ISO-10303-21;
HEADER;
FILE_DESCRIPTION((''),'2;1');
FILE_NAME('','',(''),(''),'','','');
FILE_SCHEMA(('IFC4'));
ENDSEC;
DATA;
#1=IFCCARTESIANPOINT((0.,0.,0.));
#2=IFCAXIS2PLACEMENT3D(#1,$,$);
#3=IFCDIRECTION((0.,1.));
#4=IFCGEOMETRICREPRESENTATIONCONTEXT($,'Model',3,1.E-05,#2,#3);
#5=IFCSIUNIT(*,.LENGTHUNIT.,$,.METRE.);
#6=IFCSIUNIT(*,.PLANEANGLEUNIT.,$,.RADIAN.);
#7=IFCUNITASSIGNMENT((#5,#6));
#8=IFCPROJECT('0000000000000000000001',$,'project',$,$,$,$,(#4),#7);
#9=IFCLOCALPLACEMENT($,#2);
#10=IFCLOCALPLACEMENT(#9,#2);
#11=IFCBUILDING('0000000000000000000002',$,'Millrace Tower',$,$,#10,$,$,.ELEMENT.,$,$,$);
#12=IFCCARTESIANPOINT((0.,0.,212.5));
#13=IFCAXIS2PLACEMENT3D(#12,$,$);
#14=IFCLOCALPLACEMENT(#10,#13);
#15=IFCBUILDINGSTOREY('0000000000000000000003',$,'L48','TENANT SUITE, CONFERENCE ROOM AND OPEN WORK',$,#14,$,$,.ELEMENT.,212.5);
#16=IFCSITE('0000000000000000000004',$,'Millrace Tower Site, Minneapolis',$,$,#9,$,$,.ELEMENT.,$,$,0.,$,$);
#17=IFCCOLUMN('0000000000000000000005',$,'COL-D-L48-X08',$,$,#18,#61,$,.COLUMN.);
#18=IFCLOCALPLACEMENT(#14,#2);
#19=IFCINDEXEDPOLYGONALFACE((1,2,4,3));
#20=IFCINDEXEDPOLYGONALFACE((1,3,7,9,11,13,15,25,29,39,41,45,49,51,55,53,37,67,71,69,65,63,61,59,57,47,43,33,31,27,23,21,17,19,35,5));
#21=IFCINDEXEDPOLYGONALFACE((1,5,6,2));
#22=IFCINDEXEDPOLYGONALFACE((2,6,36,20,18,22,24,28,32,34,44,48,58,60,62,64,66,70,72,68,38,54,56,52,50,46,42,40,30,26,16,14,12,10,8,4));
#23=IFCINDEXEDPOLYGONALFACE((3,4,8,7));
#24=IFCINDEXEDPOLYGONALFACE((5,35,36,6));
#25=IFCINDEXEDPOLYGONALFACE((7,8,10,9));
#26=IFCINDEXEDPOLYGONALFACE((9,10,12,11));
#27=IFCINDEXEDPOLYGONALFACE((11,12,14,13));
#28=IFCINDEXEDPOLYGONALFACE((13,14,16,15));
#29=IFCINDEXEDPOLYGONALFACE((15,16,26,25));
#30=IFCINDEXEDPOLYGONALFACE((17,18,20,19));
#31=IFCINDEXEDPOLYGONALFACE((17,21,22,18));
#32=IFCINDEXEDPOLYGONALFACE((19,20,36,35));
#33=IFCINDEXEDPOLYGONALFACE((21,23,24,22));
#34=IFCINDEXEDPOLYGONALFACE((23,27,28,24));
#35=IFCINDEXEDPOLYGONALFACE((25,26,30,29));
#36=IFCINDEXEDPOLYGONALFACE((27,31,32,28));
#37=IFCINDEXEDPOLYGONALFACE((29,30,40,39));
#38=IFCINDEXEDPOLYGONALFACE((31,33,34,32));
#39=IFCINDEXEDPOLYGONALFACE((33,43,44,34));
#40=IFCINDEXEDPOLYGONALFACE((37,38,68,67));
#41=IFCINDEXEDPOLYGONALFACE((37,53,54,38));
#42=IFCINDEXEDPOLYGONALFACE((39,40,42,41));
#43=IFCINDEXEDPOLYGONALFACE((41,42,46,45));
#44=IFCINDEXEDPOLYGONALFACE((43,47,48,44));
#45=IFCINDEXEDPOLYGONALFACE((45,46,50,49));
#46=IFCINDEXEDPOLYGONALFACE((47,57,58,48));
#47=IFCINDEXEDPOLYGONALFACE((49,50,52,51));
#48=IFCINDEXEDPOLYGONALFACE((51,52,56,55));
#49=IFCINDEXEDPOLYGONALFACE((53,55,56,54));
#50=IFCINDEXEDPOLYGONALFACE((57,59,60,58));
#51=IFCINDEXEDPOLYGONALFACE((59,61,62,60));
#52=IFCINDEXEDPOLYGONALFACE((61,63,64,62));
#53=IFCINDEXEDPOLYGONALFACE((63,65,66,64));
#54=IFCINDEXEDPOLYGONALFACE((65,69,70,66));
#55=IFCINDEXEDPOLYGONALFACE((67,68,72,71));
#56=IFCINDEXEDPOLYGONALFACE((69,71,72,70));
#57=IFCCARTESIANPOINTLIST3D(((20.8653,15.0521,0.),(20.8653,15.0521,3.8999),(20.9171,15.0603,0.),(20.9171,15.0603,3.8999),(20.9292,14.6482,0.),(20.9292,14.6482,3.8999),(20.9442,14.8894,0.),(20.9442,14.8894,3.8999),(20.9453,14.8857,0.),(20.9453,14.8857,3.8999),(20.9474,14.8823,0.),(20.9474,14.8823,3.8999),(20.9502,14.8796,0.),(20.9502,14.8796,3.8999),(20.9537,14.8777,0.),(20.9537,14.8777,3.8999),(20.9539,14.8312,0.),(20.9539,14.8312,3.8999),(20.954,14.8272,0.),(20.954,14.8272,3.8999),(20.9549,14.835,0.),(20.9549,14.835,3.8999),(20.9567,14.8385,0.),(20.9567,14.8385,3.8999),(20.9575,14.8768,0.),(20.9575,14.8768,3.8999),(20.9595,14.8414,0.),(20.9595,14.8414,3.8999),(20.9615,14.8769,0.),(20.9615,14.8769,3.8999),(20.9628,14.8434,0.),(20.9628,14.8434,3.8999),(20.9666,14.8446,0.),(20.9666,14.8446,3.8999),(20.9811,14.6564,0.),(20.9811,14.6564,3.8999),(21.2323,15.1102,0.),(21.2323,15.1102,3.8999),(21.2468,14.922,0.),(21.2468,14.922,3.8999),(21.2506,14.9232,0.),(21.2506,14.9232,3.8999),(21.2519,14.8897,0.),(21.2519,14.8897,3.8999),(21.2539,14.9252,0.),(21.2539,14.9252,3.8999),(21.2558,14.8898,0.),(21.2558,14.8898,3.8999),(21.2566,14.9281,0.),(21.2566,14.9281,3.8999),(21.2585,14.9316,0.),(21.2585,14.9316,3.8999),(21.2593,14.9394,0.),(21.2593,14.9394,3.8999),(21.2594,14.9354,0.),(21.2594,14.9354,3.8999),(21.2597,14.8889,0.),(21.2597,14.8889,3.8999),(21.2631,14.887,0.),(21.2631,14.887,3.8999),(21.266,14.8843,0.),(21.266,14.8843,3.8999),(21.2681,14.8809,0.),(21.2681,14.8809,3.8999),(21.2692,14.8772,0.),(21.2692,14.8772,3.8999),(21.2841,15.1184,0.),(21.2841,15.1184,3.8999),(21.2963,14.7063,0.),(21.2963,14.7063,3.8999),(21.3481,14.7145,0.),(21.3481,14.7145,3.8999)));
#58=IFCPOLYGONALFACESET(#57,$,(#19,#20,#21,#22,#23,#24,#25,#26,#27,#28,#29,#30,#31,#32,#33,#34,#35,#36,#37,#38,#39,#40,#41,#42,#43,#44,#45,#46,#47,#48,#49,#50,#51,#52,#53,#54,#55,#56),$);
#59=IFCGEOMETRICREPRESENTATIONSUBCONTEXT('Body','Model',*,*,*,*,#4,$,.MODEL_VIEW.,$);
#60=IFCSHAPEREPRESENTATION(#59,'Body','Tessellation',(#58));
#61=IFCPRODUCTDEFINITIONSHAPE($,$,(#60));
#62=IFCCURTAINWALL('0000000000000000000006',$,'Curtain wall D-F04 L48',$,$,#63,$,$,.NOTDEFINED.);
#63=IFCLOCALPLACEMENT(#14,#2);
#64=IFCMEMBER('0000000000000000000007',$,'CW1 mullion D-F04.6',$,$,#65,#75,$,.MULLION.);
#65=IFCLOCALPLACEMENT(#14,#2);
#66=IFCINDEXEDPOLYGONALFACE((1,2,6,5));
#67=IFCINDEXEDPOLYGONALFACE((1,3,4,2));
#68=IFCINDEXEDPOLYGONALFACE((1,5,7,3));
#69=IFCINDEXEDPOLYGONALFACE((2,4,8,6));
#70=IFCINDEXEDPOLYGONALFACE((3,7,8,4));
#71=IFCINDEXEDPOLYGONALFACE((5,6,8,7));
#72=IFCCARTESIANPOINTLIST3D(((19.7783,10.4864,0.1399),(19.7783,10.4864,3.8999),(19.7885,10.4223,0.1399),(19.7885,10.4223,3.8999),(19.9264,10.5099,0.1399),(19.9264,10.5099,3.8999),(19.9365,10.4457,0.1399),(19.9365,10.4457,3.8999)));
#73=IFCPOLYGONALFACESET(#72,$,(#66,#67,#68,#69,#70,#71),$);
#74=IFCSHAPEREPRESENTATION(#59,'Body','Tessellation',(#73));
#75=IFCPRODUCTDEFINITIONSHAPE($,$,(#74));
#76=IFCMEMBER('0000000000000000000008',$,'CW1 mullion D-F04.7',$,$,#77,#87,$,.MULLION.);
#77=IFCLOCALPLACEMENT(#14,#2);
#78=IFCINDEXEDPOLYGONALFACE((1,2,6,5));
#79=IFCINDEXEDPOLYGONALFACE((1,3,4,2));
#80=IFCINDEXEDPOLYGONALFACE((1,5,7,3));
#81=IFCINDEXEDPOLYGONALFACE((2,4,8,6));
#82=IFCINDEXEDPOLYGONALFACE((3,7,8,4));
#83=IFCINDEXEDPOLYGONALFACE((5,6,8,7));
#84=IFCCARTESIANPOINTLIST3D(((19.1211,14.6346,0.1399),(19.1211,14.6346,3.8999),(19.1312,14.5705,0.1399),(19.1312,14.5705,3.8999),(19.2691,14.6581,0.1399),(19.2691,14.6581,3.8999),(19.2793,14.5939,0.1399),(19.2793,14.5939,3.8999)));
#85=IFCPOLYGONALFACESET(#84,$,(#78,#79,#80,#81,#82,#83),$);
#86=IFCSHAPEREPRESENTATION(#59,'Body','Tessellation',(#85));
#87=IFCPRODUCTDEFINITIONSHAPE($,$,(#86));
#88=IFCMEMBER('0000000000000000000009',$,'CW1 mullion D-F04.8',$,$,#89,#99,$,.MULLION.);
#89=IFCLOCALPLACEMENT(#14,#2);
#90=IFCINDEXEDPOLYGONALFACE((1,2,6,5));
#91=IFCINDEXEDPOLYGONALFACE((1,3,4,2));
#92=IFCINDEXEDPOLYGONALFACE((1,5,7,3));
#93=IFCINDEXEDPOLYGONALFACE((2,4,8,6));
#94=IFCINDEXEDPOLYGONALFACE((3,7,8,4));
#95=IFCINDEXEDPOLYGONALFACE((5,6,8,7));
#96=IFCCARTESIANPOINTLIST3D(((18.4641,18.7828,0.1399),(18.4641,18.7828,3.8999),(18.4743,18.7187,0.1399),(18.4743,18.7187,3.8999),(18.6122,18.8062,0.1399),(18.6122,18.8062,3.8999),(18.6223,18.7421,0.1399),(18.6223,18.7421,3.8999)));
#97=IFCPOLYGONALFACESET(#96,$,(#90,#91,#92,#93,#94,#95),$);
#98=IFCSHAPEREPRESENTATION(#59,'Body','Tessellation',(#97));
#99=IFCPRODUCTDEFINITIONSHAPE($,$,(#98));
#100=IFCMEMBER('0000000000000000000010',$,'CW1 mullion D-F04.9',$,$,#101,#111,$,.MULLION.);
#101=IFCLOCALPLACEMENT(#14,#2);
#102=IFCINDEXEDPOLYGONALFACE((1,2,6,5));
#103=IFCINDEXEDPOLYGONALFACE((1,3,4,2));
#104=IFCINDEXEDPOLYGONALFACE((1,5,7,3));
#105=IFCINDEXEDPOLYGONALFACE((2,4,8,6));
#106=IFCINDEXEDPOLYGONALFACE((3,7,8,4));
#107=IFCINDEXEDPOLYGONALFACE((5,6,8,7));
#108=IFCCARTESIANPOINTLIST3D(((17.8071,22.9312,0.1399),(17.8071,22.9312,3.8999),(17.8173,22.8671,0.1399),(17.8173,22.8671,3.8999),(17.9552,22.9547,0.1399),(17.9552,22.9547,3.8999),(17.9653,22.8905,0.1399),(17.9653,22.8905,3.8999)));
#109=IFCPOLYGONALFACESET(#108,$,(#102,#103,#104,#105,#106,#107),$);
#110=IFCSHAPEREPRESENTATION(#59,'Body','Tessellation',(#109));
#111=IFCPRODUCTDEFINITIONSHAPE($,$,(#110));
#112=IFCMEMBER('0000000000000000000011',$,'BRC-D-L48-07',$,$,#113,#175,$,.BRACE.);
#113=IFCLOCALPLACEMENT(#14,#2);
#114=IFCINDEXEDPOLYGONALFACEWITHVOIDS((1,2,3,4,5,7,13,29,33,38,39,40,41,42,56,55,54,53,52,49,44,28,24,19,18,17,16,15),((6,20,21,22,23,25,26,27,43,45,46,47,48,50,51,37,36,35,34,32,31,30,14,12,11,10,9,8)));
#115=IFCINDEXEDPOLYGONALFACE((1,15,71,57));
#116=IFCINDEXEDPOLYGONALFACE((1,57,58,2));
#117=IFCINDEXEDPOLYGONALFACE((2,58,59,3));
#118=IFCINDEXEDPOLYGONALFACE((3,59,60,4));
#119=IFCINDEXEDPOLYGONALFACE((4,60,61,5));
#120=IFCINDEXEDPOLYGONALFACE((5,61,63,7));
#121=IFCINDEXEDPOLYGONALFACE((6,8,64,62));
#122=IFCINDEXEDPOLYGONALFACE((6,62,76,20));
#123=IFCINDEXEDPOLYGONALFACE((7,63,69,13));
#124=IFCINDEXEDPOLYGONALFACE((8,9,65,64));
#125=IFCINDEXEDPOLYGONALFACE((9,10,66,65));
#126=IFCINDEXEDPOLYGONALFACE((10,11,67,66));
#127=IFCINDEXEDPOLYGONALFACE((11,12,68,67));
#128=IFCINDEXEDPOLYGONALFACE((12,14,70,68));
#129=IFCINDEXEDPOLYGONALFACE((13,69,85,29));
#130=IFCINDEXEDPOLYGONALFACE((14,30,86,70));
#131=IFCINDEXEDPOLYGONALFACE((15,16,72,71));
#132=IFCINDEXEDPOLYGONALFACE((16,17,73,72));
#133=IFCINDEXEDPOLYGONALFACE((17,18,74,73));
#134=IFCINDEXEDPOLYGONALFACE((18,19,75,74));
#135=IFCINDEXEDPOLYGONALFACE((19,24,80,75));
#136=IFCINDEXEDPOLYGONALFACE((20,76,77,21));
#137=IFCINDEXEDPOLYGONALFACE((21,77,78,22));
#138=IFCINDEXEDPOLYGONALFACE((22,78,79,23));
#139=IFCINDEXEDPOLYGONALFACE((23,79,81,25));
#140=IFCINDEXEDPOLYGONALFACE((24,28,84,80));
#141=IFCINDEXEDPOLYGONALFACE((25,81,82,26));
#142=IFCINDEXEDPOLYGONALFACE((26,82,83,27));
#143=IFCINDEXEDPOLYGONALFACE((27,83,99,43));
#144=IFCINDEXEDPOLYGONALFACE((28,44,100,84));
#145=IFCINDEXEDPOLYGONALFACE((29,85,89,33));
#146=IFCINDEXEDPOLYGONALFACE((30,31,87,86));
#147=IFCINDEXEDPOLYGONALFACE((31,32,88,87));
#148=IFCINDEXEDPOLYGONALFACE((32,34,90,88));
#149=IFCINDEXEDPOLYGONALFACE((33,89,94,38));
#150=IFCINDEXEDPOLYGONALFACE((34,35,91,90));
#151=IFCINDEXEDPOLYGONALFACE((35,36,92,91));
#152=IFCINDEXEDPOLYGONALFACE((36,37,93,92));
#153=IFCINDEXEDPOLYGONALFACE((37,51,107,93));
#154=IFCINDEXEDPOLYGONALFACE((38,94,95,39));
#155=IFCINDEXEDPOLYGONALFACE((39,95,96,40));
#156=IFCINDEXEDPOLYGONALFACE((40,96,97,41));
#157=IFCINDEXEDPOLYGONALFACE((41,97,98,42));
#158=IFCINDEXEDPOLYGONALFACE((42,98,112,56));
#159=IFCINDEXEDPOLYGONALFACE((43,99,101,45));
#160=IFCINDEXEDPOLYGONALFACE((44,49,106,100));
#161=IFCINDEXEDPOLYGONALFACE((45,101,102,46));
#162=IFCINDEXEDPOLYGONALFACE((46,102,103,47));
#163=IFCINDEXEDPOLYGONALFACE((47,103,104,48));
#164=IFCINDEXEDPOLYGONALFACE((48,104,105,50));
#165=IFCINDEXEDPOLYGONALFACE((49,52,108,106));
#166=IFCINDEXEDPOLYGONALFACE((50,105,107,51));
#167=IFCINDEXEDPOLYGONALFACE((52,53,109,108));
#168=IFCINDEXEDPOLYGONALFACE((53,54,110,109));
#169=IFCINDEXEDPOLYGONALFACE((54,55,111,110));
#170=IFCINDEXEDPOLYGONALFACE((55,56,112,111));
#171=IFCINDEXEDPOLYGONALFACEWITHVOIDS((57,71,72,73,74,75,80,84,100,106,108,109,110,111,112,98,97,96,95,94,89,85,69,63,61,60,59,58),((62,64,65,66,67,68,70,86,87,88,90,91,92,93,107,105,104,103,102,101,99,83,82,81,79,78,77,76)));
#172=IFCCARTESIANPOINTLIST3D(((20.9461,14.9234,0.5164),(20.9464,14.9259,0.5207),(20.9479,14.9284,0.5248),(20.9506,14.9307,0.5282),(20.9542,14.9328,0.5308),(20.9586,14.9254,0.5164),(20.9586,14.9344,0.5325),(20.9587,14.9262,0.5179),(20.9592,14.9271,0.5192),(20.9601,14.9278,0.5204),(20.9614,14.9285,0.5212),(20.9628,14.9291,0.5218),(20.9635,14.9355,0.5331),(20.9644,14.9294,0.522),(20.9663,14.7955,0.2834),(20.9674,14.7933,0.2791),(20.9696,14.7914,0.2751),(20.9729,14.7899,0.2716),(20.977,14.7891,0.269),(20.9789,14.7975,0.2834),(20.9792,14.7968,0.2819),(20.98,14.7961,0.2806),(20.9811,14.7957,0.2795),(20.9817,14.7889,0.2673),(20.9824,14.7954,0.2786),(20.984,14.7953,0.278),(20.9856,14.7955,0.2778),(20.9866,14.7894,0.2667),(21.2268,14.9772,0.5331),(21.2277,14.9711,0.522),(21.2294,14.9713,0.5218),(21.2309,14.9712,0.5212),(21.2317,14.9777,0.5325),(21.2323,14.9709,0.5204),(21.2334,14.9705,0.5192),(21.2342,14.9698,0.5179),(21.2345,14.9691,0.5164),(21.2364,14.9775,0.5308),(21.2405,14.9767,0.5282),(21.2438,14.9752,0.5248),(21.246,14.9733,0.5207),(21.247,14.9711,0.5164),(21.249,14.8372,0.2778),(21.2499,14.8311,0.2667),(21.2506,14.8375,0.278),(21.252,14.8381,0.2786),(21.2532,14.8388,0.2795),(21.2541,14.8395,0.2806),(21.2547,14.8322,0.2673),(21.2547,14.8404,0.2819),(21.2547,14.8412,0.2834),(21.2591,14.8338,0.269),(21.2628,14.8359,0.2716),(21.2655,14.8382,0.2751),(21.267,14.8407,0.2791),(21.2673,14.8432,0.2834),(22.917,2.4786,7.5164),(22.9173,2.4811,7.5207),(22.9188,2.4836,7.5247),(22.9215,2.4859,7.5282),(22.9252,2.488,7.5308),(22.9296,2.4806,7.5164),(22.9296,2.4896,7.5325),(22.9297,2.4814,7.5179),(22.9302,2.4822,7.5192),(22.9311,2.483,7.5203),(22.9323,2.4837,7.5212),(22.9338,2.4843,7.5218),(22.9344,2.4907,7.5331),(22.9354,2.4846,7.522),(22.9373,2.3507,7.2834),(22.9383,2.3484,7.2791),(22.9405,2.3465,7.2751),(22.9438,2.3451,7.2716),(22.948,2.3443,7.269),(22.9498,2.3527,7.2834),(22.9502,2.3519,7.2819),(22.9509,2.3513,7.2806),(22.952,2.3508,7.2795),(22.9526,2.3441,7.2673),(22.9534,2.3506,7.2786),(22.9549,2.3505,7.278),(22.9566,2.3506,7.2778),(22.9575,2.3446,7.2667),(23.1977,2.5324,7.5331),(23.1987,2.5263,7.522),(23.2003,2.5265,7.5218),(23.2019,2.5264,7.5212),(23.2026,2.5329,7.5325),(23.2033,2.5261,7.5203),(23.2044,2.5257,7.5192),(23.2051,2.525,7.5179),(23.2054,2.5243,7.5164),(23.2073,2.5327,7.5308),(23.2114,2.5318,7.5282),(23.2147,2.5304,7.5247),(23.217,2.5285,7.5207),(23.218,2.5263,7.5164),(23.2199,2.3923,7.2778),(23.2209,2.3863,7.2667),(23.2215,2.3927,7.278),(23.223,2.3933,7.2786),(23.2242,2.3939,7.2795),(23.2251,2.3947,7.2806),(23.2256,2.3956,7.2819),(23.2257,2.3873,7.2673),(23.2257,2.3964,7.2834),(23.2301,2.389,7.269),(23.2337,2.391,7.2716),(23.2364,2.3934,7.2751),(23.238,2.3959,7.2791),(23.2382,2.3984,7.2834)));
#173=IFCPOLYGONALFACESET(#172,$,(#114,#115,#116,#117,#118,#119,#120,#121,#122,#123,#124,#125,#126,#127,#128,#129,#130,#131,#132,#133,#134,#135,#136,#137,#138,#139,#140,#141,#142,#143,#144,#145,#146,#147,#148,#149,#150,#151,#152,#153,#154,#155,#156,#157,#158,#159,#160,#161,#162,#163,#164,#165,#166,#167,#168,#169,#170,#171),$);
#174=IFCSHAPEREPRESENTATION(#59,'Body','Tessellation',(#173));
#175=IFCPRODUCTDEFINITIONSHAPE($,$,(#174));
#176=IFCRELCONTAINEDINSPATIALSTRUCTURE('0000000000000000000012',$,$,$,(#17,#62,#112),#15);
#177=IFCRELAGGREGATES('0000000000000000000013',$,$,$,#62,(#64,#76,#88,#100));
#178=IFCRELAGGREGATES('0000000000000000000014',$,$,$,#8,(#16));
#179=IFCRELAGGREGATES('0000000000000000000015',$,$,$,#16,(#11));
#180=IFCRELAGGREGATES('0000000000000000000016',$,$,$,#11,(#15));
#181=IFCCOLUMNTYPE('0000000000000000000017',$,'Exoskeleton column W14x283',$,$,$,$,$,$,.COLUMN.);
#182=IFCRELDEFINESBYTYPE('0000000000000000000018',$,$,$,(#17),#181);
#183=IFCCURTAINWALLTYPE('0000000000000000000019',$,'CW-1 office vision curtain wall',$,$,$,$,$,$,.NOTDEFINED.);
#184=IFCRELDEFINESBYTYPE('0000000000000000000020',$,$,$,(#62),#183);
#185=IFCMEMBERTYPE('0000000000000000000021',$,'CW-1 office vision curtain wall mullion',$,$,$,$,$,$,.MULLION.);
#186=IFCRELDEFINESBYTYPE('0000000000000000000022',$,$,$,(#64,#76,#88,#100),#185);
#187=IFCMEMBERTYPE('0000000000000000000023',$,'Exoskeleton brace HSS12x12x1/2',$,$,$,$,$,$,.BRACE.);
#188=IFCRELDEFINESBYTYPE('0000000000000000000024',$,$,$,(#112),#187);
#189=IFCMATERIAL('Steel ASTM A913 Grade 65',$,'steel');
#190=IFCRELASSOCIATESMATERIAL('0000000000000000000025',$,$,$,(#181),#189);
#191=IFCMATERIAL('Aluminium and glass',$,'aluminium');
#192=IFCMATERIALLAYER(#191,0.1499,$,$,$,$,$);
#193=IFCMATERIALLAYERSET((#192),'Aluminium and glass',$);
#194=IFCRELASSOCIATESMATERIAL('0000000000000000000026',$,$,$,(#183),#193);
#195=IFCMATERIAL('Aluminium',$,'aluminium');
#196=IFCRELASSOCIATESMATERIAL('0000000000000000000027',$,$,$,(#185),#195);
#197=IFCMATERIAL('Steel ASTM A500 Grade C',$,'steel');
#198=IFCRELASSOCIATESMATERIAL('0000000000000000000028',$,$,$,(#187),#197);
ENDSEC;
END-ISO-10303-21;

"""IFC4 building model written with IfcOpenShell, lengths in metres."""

from ifc_helpers import new_model, si_unit, direction, frame, origin, origin_2d, place, context, subcontext, project, spatial, rectangle, hollow_rectangle, i_section, extrude, material, layer, layer_set, material_profile, profile_set, type_object, element, aggregate, save


model = new_model("IFC4")

# Units and contexts
model_context = context("Model", 3, precision=1e-05, world=origin(), true_north=direction((0.0, 1.0)))
body_context = subcontext(model_context, "Body", "Model", "MODEL_VIEW")
ifc_project = project(units=[si_unit("LENGTHUNIT", "METRE"), si_unit("PLANEANGLEUNIT", "RADIAN")], contexts=[model_context])

# Site, building, storey
site_placement = place(None, origin())
site = spatial("IfcSite", under=ifc_project, at=site_placement, Name="Millrace Tower Site, Minneapolis", CompositionType="ELEMENT", RefElevation=0.0)
building_placement = place(site_placement, origin())
building = spatial("IfcBuilding", under=site, at=building_placement, Name="Millrace Tower", CompositionType="ELEMENT")
storey_placement = place(building_placement, frame((0.0, 0.0, 212.5)))
storey = spatial("IfcBuildingStorey", under=building, at=storey_placement, Name="L48", Description="TENANT SUITE, CONFERENCE ROOM AND OPEN WORK", CompositionType="ELEMENT", Elevation=212.5)

# Column
ifc_material_1 = material(Name="Steel ASTM A913 Grade 65", Category="steel")
ifc_material_profile_1 = material_profile(ifc_material_1, i_section(OverallWidth=0.4089, OverallDepth=0.4241, WebThickness=0.0327, FlangeThickness=0.0525, FilletRadius=0.0151, at=origin_2d()))
ifc_profile_set_1 = profile_set([ifc_material_profile_1], Name="Steel ASTM A913 Grade 65")
column_type = type_object("IfcColumnType", Name="Exoskeleton column W14x283", PredefinedType="COLUMN", material=ifc_profile_set_1)
column_placement = place(storey_placement, frame((21.1067, 14.8833, 0.0), z_axis=(0.0, 0.0, 1.0), x_axis=(-0.156434, 0.987688, 0.0)))
element("IfcColumn", 1, at=column_placement, inside=storey, type_object=column_type, Name="COL-D-L48-X08", PredefinedType="COLUMN", context=body_context, shape_type="SweptSolid", body=[
    extrude(i_section(OverallWidth=0.4089, OverallDepth=0.4241, WebThickness=0.0327, FlangeThickness=0.0525, FilletRadius=0.0151, at=origin_2d()), origin(), (0.0, 0.0, 1.0), 3.8999),
])

# Curtain wall, members
ifc_material_2 = material(Name="Aluminium and glass", Category="aluminium")
ifc_layer_1 = layer(ifc_material_2, 0.1499)
ifc_layer_set_1 = layer_set([ifc_layer_1], Name="Aluminium and glass")
curtain_wall_type = type_object("IfcCurtainWallType", Name="CW-1 office vision curtain wall", PredefinedType="NOTDEFINED", material=ifc_layer_set_1)
curtain_wall_placement = place(storey_placement, origin())
curtain_wall = element("IfcCurtainWall", 2, at=curtain_wall_placement, inside=storey, type_object=curtain_wall_type, Name="Curtain wall D-F04 L48", PredefinedType="NOTDEFINED")
ifc_material_3 = material(Name="Aluminium", Category="aluminium")
ifc_material_profile_2 = material_profile(ifc_material_3, rectangle(XDim=0.0649, YDim=0.1499, at=origin_2d()))
ifc_profile_set_2 = profile_set([ifc_material_profile_2], Name="Aluminium")
member_type_1 = type_object("IfcMemberType", Name="CW-1 office vision curtain wall mullion", PredefinedType="MULLION", material=ifc_profile_set_2)
member_1_placement = place(storey_placement, frame((19.8574, 10.4661, 0.1399), z_axis=(0.0, 0.0, 1.0), x_axis=(-0.156434, 0.987688, 0.0)))
member_1 = element("IfcMember", 3, at=member_1_placement, type_object=member_type_1, Name="CW1 mullion D-F04.6", PredefinedType="MULLION", context=body_context, shape_type="SweptSolid", body=[
    extrude(rectangle(XDim=0.0649, YDim=0.1499, at=origin_2d()), origin(), (0.0, 0.0, 1.0), 3.76),
])
member_2_placement = place(storey_placement, frame((19.2002, 14.6143, 0.1399), z_axis=(0.0, 0.0, 1.0), x_axis=(-0.156434, 0.987688, 0.0)))
member_2 = element("IfcMember", 4, at=member_2_placement, type_object=member_type_1, Name="CW1 mullion D-F04.7", PredefinedType="MULLION", context=body_context, shape_type="SweptSolid", body=[
    extrude(rectangle(XDim=0.0649, YDim=0.1499, at=origin_2d()), origin(), (0.0, 0.0, 1.0), 3.76),
])
member_3_placement = place(storey_placement, frame((18.5432, 18.7625, 0.1399), z_axis=(0.0, 0.0, 1.0), x_axis=(-0.156434, 0.987688, 0.0)))
member_3 = element("IfcMember", 5, at=member_3_placement, type_object=member_type_1, Name="CW1 mullion D-F04.8", PredefinedType="MULLION", context=body_context, shape_type="SweptSolid", body=[
    extrude(rectangle(XDim=0.0649, YDim=0.1499, at=origin_2d()), origin(), (0.0, 0.0, 1.0), 3.76),
])
member_4_placement = place(storey_placement, frame((17.8862, 22.9109, 0.1399), z_axis=(0.0, 0.0, 1.0), x_axis=(-0.156434, 0.987688, 0.0)))
member_4 = element("IfcMember", 6, at=member_4_placement, type_object=member_type_1, Name="CW1 mullion D-F04.9", PredefinedType="MULLION", context=body_context, shape_type="SweptSolid", body=[
    extrude(rectangle(XDim=0.0649, YDim=0.1499, at=origin_2d()), origin(), (0.0, 0.0, 1.0), 3.76),
])
aggregate(curtain_wall, [member_1, member_2, member_3, member_4])

# Member
ifc_material_4 = material(Name="Steel ASTM A500 Grade C", Category="steel")
ifc_material_profile_3 = material_profile(ifc_material_4, hollow_rectangle(XDim=0.3047, YDim=0.3047, WallThickness=0.0127, InnerFilletRadius=0.0063, OuterFilletRadius=0.019, at=origin_2d()))
ifc_profile_set_3 = profile_set([ifc_material_profile_3], Name="Steel ASTM A500 Grade C")
member_type_2 = type_object("IfcMemberType", Name="Exoskeleton brace HSS12x12x1/2", PredefinedType="BRACE", material=ifc_profile_set_3)
member_5_placement = place(storey_placement, frame((21.1067, 14.8833, 0.3999), z_axis=(0.13674, -0.863395, 0.485645), x_axis=(0.98769, 0.156425, 0.0)))
element("IfcMember", 7, at=member_5_placement, inside=storey, type_object=member_type_2, Name="BRC-D-L48-07", PredefinedType="BRACE", context=body_context, shape_type="SweptSolid", body=[
    extrude(hollow_rectangle(XDim=0.3047, YDim=0.3047, WallThickness=0.0127, InnerFilletRadius=0.0063, OuterFilletRadius=0.019, at=origin_2d()), origin(), (0.0, 0.0, 1.0), 14.4138),
])

save(model, "model.ifc")
